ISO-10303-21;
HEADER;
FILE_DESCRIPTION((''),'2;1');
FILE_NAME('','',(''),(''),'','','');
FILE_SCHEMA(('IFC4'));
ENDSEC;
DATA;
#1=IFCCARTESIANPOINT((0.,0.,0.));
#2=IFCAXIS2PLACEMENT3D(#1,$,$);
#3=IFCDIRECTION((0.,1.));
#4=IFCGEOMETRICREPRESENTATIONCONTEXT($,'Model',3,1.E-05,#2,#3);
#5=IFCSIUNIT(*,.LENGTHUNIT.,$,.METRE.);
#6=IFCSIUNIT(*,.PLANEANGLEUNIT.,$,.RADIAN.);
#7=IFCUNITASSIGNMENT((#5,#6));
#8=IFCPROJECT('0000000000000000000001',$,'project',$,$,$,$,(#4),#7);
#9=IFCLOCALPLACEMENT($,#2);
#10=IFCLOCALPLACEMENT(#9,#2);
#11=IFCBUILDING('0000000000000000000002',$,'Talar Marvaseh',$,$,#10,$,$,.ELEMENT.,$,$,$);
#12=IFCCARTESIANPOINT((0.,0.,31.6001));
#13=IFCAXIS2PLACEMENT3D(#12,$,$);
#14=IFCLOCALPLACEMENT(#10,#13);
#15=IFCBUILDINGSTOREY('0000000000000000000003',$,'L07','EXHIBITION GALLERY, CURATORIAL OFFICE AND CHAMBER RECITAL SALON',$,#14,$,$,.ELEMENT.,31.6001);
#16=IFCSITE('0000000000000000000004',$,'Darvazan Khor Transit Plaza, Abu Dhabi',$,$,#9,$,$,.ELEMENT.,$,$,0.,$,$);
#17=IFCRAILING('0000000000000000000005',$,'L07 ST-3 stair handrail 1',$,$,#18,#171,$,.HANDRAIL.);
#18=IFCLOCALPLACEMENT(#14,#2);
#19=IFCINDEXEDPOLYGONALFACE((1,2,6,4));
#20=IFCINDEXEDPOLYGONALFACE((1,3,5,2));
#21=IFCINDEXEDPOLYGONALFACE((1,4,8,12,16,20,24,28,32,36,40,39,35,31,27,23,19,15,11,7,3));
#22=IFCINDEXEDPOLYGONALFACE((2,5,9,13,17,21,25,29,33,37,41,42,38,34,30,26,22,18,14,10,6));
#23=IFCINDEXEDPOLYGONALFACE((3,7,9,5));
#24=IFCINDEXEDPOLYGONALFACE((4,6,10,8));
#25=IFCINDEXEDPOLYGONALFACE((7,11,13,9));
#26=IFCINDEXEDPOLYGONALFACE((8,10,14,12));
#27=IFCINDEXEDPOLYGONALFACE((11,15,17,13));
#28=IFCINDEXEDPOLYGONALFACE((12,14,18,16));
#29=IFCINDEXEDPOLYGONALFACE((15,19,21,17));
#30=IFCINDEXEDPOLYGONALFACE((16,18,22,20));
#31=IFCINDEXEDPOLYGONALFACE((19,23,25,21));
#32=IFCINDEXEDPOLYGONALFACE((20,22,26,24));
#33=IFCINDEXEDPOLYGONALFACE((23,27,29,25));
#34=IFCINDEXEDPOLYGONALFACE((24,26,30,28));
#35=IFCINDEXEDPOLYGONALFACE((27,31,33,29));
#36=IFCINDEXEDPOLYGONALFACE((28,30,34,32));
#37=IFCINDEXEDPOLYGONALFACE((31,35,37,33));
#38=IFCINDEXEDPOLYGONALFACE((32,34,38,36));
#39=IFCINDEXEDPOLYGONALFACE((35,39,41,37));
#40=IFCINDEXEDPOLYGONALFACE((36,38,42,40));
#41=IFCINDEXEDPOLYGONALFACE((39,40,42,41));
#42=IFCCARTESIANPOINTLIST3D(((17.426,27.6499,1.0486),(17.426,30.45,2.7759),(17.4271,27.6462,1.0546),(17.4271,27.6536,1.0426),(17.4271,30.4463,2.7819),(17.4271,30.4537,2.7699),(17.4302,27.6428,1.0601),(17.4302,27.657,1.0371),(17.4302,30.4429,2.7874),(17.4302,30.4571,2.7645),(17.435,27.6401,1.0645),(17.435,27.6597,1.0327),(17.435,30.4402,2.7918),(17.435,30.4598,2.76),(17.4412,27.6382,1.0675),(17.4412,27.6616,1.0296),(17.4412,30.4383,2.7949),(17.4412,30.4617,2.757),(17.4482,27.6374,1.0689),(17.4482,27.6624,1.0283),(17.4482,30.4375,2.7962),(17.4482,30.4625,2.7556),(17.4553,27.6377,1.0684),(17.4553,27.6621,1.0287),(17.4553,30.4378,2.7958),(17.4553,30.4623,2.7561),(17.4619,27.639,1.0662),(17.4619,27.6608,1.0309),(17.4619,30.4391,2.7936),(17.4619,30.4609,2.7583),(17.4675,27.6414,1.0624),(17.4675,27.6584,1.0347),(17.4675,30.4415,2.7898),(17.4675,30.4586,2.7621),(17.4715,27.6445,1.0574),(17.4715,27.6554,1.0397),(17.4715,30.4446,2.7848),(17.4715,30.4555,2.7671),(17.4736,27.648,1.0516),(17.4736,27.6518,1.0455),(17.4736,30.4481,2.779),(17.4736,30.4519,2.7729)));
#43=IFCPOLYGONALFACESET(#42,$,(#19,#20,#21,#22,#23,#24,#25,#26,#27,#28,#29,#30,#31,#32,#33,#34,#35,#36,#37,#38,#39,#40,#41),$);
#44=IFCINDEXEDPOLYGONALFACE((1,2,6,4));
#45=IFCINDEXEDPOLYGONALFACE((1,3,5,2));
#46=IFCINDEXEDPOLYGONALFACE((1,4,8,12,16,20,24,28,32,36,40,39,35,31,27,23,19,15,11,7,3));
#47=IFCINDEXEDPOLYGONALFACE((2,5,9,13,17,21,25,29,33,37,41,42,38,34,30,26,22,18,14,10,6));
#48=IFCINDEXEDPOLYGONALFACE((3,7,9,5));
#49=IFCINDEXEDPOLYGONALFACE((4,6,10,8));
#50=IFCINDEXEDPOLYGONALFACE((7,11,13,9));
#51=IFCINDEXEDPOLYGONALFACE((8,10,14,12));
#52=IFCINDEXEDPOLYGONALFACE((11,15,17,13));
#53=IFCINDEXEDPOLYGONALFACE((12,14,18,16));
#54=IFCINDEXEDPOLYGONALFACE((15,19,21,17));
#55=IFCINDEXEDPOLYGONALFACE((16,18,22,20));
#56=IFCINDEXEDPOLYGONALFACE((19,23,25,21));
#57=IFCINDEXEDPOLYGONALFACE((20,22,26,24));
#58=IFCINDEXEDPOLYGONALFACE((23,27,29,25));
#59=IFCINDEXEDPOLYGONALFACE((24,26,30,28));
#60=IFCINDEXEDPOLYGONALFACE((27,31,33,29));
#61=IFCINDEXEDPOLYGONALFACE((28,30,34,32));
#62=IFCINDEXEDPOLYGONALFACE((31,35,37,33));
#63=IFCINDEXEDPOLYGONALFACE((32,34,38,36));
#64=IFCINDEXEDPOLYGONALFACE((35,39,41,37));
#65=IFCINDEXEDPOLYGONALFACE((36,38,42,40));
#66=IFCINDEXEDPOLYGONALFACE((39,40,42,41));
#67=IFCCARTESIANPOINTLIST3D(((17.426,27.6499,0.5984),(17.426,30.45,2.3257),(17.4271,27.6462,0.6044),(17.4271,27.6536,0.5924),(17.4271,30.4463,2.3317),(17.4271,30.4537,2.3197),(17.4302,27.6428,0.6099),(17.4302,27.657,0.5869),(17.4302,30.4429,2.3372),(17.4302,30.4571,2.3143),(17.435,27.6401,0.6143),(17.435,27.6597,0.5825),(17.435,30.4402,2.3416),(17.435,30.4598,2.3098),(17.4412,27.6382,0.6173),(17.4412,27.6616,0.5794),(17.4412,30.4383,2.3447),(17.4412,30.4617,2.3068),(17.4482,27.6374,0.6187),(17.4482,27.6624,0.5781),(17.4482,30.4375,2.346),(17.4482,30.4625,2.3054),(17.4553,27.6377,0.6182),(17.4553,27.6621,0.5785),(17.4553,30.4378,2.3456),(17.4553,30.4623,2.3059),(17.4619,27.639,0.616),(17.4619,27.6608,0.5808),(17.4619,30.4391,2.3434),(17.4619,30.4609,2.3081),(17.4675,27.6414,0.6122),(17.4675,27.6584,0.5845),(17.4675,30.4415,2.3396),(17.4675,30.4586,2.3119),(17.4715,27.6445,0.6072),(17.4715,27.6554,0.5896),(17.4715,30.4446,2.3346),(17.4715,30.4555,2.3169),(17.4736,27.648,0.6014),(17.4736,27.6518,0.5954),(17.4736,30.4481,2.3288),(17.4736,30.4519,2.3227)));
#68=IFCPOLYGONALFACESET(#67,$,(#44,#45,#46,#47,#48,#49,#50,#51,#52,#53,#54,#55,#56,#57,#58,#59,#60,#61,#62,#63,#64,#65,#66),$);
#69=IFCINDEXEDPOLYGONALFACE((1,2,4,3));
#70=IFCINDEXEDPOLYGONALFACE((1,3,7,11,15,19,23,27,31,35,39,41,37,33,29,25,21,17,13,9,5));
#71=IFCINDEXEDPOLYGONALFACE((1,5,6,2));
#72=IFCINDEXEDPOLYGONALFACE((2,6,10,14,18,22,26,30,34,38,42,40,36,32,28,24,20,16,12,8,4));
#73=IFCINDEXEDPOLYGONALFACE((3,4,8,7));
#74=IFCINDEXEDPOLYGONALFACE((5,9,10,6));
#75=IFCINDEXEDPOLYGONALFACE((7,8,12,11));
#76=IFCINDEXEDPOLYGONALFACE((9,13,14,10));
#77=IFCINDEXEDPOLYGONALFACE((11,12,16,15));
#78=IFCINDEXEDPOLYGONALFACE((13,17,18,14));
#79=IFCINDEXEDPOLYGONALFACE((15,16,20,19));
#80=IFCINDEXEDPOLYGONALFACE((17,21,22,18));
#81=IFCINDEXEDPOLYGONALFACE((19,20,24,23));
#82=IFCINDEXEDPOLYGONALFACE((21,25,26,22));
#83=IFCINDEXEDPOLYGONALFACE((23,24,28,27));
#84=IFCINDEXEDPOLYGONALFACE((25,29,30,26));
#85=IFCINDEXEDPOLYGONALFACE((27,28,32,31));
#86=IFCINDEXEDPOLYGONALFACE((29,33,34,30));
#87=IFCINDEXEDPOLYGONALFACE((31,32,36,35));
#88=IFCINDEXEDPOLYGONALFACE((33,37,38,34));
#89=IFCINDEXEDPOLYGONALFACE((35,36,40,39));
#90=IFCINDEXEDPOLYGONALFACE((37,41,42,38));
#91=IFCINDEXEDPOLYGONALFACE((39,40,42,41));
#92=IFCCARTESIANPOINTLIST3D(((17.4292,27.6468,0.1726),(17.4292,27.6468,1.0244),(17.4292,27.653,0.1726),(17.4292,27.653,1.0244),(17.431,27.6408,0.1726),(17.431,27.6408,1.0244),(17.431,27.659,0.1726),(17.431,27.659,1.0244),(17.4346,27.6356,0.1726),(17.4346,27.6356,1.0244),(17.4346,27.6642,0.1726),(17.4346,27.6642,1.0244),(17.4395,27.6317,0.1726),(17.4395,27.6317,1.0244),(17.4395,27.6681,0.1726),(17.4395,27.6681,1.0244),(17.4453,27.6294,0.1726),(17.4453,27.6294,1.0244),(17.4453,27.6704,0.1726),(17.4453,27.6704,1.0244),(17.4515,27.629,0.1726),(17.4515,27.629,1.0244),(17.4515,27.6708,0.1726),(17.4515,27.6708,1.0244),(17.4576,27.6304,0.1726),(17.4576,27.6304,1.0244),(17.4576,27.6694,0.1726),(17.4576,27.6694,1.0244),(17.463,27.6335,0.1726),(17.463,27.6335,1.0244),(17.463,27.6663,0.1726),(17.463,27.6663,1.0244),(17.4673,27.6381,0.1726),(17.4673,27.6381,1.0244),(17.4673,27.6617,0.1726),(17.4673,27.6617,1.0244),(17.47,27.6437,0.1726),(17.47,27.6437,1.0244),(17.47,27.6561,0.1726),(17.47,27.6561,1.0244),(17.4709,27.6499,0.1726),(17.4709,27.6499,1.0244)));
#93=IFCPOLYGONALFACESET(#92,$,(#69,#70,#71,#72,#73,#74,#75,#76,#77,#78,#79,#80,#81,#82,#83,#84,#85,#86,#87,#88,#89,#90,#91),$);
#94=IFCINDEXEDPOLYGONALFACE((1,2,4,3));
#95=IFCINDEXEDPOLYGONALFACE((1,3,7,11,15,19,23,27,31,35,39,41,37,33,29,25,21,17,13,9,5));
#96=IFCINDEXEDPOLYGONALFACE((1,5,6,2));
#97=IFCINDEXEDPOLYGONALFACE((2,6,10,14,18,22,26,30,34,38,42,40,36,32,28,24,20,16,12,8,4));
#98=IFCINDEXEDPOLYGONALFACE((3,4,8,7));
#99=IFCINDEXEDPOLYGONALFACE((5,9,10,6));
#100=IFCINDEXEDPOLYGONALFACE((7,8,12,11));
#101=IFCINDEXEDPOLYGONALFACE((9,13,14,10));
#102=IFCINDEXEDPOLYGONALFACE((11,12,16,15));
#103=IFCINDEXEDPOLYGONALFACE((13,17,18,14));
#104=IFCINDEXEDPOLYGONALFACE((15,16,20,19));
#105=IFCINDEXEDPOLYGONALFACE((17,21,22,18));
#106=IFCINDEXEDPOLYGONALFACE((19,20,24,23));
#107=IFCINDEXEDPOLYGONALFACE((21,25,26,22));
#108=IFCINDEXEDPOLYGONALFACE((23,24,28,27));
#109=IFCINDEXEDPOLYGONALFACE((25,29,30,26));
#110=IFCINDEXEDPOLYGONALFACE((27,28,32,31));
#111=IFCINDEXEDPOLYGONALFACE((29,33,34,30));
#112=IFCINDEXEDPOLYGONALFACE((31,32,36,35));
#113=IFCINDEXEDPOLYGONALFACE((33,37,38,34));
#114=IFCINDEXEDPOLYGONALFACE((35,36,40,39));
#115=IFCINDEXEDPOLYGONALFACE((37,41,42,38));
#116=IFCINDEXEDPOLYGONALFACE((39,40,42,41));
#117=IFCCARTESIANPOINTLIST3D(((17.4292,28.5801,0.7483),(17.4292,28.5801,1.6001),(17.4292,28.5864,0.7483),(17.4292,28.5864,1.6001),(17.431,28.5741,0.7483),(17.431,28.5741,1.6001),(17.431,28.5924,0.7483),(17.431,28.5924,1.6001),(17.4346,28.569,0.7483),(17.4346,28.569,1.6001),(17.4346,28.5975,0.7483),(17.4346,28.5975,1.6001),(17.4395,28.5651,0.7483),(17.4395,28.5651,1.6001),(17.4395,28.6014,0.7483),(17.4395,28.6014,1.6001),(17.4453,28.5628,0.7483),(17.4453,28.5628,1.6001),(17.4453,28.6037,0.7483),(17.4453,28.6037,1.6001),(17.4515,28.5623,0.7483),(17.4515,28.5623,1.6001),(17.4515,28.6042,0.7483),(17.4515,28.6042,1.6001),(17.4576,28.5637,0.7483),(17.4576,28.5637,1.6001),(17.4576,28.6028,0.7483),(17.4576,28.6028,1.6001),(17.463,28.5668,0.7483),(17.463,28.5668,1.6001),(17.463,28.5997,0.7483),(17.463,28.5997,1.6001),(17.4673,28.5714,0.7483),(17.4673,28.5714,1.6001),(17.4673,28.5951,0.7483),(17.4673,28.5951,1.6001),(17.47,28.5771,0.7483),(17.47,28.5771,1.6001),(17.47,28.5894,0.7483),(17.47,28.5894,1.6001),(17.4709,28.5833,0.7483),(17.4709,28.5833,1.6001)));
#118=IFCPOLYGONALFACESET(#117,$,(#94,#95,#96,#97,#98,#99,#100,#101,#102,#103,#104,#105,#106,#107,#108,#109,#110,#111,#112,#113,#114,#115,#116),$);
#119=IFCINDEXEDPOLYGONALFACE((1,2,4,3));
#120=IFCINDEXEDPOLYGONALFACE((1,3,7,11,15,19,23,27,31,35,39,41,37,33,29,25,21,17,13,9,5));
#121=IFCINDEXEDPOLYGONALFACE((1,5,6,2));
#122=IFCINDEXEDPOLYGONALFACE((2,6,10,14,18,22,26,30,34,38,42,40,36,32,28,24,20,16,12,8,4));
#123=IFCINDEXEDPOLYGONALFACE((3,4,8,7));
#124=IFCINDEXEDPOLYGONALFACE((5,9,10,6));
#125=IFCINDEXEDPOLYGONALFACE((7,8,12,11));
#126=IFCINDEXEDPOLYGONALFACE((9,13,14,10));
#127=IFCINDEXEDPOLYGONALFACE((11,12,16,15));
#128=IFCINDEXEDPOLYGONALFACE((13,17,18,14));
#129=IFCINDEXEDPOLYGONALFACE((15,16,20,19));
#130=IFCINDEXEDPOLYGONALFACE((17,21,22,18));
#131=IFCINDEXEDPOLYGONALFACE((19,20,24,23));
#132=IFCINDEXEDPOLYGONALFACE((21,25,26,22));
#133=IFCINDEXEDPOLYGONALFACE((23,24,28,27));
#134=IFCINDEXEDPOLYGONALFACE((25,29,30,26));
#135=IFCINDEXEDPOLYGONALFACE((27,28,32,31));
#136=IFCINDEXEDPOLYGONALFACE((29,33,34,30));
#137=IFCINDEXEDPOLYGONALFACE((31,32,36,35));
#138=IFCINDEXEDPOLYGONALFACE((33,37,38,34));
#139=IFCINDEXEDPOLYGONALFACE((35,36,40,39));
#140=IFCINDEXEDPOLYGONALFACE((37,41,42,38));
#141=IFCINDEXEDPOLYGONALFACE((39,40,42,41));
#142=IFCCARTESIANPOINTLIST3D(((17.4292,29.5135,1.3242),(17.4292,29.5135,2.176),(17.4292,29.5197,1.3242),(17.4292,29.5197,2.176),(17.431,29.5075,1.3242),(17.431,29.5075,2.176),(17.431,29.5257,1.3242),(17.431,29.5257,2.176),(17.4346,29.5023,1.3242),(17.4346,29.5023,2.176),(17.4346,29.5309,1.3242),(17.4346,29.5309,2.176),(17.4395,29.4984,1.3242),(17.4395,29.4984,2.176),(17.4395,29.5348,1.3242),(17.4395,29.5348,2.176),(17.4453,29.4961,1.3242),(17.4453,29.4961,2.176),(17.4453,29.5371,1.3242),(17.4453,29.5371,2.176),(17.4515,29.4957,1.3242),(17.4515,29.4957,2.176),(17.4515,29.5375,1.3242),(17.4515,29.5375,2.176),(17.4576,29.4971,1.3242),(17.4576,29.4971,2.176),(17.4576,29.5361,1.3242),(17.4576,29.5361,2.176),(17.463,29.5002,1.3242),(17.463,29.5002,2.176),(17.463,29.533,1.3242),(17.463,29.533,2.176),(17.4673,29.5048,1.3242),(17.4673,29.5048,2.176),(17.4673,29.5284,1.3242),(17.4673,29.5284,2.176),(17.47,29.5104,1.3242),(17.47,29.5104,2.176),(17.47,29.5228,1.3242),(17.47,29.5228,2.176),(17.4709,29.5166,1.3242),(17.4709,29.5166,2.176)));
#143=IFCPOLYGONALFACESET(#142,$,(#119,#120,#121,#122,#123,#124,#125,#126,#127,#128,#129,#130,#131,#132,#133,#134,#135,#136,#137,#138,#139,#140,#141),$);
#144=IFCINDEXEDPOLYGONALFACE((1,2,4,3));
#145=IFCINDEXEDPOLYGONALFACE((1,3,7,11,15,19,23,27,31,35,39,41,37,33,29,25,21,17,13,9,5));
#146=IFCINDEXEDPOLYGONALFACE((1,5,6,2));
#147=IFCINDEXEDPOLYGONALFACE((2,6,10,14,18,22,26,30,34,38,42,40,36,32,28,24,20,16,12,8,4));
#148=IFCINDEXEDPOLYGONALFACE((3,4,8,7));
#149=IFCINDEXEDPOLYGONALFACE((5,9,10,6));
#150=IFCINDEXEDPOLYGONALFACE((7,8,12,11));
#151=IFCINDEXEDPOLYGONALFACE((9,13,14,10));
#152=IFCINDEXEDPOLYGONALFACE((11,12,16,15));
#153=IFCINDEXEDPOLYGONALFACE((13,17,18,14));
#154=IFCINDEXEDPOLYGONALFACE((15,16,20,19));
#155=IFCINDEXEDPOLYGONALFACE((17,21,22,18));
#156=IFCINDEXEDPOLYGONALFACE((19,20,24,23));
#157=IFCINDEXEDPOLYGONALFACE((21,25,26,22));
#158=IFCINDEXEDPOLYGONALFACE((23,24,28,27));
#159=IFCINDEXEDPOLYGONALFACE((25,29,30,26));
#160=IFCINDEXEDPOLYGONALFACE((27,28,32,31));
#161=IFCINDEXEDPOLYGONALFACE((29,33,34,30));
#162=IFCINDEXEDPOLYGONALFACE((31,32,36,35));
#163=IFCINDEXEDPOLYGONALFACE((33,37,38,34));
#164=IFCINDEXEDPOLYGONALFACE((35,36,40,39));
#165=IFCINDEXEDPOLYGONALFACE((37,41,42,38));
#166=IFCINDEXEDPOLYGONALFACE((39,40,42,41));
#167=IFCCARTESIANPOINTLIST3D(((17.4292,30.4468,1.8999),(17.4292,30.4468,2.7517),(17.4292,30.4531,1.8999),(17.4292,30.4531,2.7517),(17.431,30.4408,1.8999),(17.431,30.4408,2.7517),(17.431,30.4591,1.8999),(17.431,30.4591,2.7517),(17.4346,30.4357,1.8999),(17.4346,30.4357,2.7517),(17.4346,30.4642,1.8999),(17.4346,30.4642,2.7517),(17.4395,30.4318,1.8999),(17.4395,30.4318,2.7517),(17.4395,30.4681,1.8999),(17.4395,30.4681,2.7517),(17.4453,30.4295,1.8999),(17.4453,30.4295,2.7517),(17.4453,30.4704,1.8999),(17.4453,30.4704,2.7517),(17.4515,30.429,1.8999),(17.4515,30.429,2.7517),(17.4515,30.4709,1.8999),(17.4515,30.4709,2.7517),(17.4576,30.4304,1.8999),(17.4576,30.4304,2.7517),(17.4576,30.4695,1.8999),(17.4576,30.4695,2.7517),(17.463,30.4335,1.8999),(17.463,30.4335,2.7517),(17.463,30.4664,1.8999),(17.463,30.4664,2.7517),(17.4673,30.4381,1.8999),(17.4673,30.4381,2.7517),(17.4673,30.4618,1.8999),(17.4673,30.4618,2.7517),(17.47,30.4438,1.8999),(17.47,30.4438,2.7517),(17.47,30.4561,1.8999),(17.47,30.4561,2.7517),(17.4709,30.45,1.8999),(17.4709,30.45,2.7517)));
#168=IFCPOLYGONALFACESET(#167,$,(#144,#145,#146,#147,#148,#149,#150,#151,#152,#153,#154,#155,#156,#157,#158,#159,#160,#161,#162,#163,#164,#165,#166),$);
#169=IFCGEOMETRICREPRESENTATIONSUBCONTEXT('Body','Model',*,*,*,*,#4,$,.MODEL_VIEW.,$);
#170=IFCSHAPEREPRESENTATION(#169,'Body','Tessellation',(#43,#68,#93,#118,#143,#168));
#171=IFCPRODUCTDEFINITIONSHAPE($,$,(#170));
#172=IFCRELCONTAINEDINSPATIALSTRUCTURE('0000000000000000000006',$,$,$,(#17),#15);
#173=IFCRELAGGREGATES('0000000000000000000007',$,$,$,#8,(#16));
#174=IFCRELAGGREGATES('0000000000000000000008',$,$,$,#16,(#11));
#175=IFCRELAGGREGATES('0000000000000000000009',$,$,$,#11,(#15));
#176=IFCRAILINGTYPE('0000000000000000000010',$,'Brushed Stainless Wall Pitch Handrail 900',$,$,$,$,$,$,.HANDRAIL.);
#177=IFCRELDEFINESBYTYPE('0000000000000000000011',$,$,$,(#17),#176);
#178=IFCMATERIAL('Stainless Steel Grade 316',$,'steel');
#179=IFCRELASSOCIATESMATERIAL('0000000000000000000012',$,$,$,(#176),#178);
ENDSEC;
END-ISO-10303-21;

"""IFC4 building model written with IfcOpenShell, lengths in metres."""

from ifc_helpers import new_model, si_unit, direction, frame, origin, origin_2d, place, context, subcontext, project, spatial, circle, extrude, material, type_object, element, save


model = new_model("IFC4")

# Units and contexts
model_context = context("Model", 3, precision=1e-05, world=origin(), true_north=direction((0.0, 1.0)))
body_context = subcontext(model_context, "Body", "Model", "MODEL_VIEW")
ifc_project = project(units=[si_unit("LENGTHUNIT", "METRE"), si_unit("PLANEANGLEUNIT", "RADIAN")], contexts=[model_context])

# Site, building, storey
site_placement = place(None, origin())
site = spatial("IfcSite", under=ifc_project, at=site_placement, Name="Darvazan Khor Transit Plaza, Abu Dhabi", CompositionType="ELEMENT", RefElevation=0.0)
building_placement = place(site_placement, origin())
building = spatial("IfcBuilding", under=site, at=building_placement, Name="Talar Marvaseh", CompositionType="ELEMENT")
storey_placement = place(building_placement, frame((0.0, 0.0, 31.6001)))
storey = spatial("IfcBuildingStorey", under=building, at=storey_placement, Name="L07", Description="EXHIBITION GALLERY, CURATORIAL OFFICE AND CHAMBER RECITAL SALON", CompositionType="ELEMENT", Elevation=31.6001)

# Railing
ifc_material_1 = material(Name="Stainless Steel Grade 316", Category="steel")
railing_type_1 = type_object("IfcRailingType", Name="Brushed Stainless Wall Pitch Handrail 900", PredefinedType="HANDRAIL", material=ifc_material_1)
railing_1_placement = place(storey_placement, frame((17.45, 27.6499, 0.1726)))
element("IfcRailing", 1, at=railing_1_placement, inside=storey, type_object=railing_type_1, Name="L07 ST-3 stair handrail 1", PredefinedType="HANDRAIL", context=body_context, shape_type="SweptSolid", body=[
    extrude(circle(Radius=0.0239, at=origin_2d()), frame((0.0, 0.0, 0.876), z_axis=(0.0, 0.85109, 0.52502), x_axis=(-1.0, 0.0, 0.0)), (0.0, 0.0, 1.0), 3.29),
    extrude(circle(Radius=0.0239, at=origin_2d()), frame((0.0, 0.0, 0.4258), z_axis=(0.0, 0.85109, 0.52502), x_axis=(-1.0, 0.0, 0.0)), (0.0, 0.0, 1.0), 3.29),
    extrude(circle(Radius=0.021, at=origin_2d()), origin(), (0.0, 0.0, 1.0), 0.8518),
    extrude(circle(Radius=0.021, at=origin_2d()), frame((0.0, 0.9333, 0.5757)), (0.0, 0.0, 1.0), 0.8518),
    extrude(circle(Radius=0.021, at=origin_2d()), frame((0.0, 1.8667, 1.1516)), (0.0, 0.0, 1.0), 0.8518),
    extrude(circle(Radius=0.021, at=origin_2d()), frame((0.0, 2.8, 1.7273)), (0.0, 0.0, 1.0), 0.8518),
])

save(model, "model.ifc")
